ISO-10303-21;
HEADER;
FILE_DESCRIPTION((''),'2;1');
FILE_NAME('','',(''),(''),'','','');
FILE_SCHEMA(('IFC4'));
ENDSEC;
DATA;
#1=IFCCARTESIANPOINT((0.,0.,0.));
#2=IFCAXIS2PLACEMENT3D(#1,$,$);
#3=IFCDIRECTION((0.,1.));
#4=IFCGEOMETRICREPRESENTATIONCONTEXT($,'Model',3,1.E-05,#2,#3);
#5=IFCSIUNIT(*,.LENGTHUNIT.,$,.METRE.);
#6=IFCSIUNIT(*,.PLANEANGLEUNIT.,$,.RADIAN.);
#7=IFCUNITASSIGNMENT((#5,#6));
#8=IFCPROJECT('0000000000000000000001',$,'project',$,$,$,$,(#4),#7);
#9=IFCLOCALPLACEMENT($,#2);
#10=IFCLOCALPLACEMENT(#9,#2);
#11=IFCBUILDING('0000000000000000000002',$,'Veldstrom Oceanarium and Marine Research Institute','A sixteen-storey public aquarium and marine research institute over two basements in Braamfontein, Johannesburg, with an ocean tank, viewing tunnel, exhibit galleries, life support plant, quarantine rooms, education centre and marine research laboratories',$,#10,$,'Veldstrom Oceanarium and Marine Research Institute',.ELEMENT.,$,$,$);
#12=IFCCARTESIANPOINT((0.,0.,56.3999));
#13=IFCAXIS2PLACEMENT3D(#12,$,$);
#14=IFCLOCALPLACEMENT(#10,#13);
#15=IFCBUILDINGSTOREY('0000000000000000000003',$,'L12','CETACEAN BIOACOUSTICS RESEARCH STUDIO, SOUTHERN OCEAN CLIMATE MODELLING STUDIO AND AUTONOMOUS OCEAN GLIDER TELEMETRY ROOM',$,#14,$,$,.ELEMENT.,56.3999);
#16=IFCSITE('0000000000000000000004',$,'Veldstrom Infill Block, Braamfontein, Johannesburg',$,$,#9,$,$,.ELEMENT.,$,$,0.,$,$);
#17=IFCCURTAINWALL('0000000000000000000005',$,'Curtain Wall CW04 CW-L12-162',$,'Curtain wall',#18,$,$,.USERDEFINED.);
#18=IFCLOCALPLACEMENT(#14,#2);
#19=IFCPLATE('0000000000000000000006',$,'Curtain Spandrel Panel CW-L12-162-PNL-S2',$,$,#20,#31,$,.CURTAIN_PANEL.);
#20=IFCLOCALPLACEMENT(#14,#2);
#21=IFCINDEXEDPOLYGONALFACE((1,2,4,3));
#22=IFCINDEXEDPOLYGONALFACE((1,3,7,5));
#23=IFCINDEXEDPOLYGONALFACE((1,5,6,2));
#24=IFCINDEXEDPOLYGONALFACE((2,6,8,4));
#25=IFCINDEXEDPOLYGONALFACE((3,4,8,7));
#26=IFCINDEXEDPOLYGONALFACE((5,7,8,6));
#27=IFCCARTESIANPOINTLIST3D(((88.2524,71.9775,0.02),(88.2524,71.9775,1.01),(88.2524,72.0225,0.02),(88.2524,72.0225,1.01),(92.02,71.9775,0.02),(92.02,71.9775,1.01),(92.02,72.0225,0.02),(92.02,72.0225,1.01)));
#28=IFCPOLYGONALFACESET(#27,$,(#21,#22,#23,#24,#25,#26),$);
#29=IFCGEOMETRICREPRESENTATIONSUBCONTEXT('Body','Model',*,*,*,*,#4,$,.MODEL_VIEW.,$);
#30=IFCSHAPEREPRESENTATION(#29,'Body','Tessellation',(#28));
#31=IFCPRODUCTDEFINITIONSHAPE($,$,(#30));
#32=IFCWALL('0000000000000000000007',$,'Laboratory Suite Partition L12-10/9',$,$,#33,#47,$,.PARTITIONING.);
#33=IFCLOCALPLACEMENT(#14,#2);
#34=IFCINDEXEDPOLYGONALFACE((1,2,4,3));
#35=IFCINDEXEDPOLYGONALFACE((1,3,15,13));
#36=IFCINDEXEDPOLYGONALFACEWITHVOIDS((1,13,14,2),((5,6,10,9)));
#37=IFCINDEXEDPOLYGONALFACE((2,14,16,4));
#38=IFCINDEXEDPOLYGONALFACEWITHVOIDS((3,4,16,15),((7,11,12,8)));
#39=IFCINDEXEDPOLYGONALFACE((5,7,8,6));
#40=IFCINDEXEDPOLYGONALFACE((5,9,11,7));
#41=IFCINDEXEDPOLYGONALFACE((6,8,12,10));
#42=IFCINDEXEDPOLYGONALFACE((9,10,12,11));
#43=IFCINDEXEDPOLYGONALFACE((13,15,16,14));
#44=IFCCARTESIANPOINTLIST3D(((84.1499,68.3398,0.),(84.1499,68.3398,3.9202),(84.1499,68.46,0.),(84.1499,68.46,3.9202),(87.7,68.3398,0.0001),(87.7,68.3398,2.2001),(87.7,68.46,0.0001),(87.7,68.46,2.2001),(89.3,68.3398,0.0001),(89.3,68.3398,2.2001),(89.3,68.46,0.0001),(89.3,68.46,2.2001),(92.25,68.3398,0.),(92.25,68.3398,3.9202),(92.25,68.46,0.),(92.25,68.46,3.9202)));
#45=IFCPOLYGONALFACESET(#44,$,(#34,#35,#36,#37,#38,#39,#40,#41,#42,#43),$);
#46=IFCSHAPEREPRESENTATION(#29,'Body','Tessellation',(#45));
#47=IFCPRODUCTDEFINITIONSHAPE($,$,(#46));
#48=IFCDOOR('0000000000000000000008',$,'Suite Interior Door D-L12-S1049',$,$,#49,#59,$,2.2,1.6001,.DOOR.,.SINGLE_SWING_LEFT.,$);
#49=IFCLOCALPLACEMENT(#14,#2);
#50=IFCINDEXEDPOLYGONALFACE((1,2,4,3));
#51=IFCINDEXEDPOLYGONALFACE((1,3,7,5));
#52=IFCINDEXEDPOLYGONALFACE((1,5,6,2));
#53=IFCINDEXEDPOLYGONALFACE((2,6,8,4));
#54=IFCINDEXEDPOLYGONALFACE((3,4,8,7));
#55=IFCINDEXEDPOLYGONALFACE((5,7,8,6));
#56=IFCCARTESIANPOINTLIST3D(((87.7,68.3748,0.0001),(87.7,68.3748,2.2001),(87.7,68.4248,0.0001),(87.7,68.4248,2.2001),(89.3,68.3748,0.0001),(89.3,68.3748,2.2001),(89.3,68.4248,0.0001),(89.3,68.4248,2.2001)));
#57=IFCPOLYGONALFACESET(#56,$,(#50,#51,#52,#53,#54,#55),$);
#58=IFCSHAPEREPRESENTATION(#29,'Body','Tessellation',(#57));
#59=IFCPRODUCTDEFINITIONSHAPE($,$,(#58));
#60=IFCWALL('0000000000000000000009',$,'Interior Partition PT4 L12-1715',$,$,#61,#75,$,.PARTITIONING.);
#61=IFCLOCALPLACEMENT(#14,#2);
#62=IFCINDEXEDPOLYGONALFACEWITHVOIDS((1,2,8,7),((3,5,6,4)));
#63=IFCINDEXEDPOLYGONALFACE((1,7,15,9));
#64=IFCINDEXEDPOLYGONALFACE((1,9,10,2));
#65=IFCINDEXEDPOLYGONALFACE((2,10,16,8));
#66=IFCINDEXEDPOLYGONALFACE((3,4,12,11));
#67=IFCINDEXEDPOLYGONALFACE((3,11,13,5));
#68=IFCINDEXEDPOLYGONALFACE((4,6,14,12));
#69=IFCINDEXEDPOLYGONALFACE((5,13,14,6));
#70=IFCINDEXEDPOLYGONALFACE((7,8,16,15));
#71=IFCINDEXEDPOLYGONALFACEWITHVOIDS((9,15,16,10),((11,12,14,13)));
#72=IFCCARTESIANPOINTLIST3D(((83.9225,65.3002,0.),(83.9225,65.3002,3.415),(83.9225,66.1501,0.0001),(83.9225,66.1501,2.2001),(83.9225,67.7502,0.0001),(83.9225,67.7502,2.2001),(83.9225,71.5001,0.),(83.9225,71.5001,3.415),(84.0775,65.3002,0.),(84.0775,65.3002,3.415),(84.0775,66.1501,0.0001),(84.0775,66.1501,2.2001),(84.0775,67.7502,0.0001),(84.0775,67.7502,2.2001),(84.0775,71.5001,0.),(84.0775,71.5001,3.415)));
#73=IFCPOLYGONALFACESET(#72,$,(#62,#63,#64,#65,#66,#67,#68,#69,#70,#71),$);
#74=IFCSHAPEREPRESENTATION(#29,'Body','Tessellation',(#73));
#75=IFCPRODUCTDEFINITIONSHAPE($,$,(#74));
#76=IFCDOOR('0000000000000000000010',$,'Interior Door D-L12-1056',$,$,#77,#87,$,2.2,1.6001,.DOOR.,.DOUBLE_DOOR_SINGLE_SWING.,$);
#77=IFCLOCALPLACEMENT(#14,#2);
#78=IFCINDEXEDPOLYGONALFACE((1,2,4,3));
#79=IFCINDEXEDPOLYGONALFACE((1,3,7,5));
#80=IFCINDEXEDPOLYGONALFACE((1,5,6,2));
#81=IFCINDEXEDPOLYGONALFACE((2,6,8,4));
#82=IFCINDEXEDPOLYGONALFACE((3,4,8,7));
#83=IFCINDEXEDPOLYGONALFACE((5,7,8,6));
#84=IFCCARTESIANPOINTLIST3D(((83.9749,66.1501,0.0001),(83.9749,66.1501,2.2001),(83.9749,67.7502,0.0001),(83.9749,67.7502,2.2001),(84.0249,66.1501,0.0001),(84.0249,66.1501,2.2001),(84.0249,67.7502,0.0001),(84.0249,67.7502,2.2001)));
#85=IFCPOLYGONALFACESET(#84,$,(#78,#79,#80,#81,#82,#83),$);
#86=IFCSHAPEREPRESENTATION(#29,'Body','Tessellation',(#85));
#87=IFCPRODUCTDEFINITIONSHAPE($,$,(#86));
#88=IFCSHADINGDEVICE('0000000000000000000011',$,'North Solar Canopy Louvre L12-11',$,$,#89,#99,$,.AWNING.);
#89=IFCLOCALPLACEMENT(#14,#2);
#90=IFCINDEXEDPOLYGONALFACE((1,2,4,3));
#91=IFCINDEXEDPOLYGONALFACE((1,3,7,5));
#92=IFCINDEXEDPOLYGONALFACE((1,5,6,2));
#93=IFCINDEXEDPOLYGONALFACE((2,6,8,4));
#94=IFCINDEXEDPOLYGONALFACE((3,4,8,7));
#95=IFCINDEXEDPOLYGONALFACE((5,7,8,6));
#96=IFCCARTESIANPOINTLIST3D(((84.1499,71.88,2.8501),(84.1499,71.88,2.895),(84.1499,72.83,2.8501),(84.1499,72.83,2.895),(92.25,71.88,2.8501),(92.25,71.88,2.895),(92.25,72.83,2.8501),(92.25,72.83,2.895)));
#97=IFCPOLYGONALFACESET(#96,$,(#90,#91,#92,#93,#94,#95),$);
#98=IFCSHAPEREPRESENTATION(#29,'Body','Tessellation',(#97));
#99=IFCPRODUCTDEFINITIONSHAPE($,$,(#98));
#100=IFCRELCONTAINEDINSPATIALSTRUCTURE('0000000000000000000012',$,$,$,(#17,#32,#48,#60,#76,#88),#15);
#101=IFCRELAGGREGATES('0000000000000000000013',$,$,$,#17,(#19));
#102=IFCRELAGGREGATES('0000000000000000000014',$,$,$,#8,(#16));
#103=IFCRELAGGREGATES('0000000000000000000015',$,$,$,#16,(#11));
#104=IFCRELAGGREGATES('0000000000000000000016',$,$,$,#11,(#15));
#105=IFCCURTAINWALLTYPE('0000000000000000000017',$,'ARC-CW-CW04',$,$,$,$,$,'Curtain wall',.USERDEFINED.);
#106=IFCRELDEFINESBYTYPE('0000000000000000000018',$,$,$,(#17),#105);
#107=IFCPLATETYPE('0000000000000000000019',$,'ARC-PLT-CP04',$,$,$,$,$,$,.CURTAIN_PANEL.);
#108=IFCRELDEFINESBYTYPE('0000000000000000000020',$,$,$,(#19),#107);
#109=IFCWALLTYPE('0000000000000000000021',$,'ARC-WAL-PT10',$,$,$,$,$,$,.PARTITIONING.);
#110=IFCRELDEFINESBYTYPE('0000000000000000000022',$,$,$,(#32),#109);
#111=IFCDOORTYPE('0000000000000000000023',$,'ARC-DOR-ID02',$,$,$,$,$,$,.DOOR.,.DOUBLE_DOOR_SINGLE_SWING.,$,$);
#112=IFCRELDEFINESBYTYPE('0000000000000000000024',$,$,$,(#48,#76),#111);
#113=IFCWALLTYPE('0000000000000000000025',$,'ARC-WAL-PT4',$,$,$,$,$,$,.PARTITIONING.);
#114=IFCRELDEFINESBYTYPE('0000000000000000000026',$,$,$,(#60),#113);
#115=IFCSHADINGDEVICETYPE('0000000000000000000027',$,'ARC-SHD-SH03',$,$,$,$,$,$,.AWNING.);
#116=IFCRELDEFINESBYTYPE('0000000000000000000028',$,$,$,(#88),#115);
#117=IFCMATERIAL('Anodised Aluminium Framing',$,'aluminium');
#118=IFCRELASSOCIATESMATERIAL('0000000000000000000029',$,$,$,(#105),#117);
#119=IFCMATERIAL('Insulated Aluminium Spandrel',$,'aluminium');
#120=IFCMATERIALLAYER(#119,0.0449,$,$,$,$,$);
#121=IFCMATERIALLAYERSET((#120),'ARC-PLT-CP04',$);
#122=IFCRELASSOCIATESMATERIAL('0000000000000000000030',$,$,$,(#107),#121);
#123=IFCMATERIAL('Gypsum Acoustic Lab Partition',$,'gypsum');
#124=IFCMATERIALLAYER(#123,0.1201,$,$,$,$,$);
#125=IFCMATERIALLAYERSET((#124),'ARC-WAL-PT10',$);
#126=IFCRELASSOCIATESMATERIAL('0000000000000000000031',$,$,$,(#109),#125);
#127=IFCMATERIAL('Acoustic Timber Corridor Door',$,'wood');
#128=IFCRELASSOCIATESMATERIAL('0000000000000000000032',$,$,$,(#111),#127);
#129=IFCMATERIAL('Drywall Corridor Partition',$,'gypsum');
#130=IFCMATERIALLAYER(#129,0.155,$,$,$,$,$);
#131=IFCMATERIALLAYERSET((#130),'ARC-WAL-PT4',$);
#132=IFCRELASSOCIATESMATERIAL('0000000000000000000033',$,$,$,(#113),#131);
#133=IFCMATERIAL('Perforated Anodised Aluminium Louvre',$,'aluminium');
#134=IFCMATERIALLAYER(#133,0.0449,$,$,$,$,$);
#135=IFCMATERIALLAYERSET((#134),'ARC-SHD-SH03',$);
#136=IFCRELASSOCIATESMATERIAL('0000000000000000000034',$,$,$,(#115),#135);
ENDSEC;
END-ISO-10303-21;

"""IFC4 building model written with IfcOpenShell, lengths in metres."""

from ifc_helpers import new_model, si_unit, direction, frame, frame_2d, origin, origin_2d, place, context, subcontext, project, spatial, rectangle, extrude, material, layer, layer_set, type_object, element, fill, aggregate, save


model = new_model("IFC4")

# Units and contexts
model_context = context("Model", 3, precision=1e-05, world=origin(), true_north=direction((0.0, 1.0)))
body_context = subcontext(model_context, "Body", "Model", "MODEL_VIEW")
ifc_project = project(units=[si_unit("LENGTHUNIT", "METRE"), si_unit("PLANEANGLEUNIT", "RADIAN")], contexts=[model_context])

# Site, building, storey
site_placement = place(None, origin())
site = spatial("IfcSite", under=ifc_project, at=site_placement, Name="Veldstrom Infill Block, Braamfontein, Johannesburg", CompositionType="ELEMENT", RefElevation=0.0)
building_placement = place(site_placement, origin())
building = spatial("IfcBuilding", under=site, at=building_placement, Name="Veldstrom Oceanarium and Marine Research Institute", Description="A sixteen-storey public aquarium and marine research institute over two basements in Braamfontein, Johannesburg, with an ocean tank, viewing tunnel, exhibit galleries, life support plant, quarantine rooms, education centre and marine research laboratories", LongName="Veldstrom Oceanarium and Marine Research Institute", CompositionType="ELEMENT")
storey_placement = place(building_placement, frame((0.0, 0.0, 56.3999)))
storey = spatial("IfcBuildingStorey", under=building, at=storey_placement, Name="L12", Description="CETACEAN BIOACOUSTICS RESEARCH STUDIO, SOUTHERN OCEAN CLIMATE MODELLING STUDIO AND AUTONOMOUS OCEAN GLIDER TELEMETRY ROOM", CompositionType="ELEMENT", Elevation=56.3999)

# Shared definitions
ifc_material_1 = material(Name="Anodised Aluminium Framing", Category="aluminium")
curtain_wall_type = type_object("IfcCurtainWallType", Name="ARC-CW-CW04", ElementType="Curtain wall", PredefinedType="USERDEFINED", material=ifc_material_1)

# Curtain wall
curtain_wall_1_placement = place(storey_placement, origin())
curtain_wall_1 = element("IfcCurtainWall", 1, at=curtain_wall_1_placement, inside=storey, type_object=curtain_wall_type, Name="Curtain Wall CW04 CW-L12-162", ObjectType="Curtain wall", PredefinedType="USERDEFINED")

# Plate
ifc_material_2 = material(Name="Insulated Aluminium Spandrel", Category="aluminium")
ifc_layer_1 = layer(ifc_material_2, 0.0449)
ifc_layer_set_1 = layer_set([ifc_layer_1], Name="ARC-PLT-CP04")
plate_type_1 = type_object("IfcPlateType", Name="ARC-PLT-CP04", PredefinedType="CURTAIN_PANEL", material=ifc_layer_set_1)
plate_1_placement = place(storey_placement, frame((90.1362, 72.0, 0.02), z_axis=(0.0, 0.0, 1.0), x_axis=(1.0, 0.0, 0.0)))
plate_1 = element("IfcPlate", 2, at=plate_1_placement, type_object=plate_type_1, Name="Curtain Spandrel Panel CW-L12-162-PNL-S2", PredefinedType="CURTAIN_PANEL", context=body_context, shape_type="SweptSolid", body=[
    extrude(rectangle(XDim=3.7676, YDim=0.0449, at=origin_2d()), origin(), (0.0, 0.0, 1.0), 0.99),
])
aggregate(curtain_wall_1, [plate_1])

# Walls, openings, doors
ifc_material_3 = material(Name="Gypsum Acoustic Lab Partition", Category="gypsum")
ifc_layer_2 = layer(ifc_material_3, 0.1201)
ifc_layer_set_2 = layer_set([ifc_layer_2], Name="ARC-WAL-PT10")
wall_type_1 = type_object("IfcWallType", Name="ARC-WAL-PT10", PredefinedType="PARTITIONING", material=ifc_layer_set_2)
wall_1_placement = place(storey_placement, frame((84.1499, 68.3999, 0.0), z_axis=(0.0, 0.0, 1.0), x_axis=(1.0, 0.0, 0.0)))
wall_1 = element("IfcWall", 3, at=wall_1_placement, inside=storey, type_object=wall_type_1, Name="Laboratory Suite Partition L12-10/9", PredefinedType="PARTITIONING", context=body_context, shape_type="SweptSolid", body=[
    extrude(rectangle(XDim=8.1001, YDim=0.1201, at=frame_2d((4.05, 0.0))), origin(), (0.0, 0.0, 1.0), 3.9202),
])
opening_1_placement = place(wall_1_placement, frame((3.55, 0.0, 0.0)))
opening_1 = element("IfcOpeningElement", 4, at=opening_1_placement, cuts=wall_1, PredefinedType="OPENING", context=body_context, shape_type="SweptSolid", body=[
    extrude(rectangle(XDim=1.6001, YDim=2.2, at=frame_2d((0.8, 1.1001))), frame((0.0, 0.0701, 0.0), z_axis=(0.0, -1.0, 0.0), x_axis=(1.0, 0.0, 0.0)), (0.0, 0.0, 1.0), 0.1401),
])
ifc_material_4 = material(Name="Acoustic Timber Corridor Door", Category="wood")
door_type = type_object("IfcDoorType", Name="ARC-DOR-ID02", OperationType="DOUBLE_DOOR_SINGLE_SWING", PredefinedType="DOOR", material=ifc_material_4)
door_1_placement = place(opening_1_placement, origin())
door_1 = element("IfcDoor", 5, at=door_1_placement, inside=storey, type_object=door_type, Name="Suite Interior Door D-L12-S1049", OperationType="SINGLE_SWING_LEFT", OverallHeight=2.2, OverallWidth=1.6001, PredefinedType="DOOR", context=body_context, shape_type="SweptSolid", body=[
    extrude(rectangle(XDim=1.6001, YDim=2.2, at=frame_2d((0.8, 1.1001))), frame((0.0, 0.0249, 0.0), z_axis=(0.0, -1.0, 0.0), x_axis=(1.0, 0.0, 0.0)), (0.0, 0.0, 1.0), 0.05),
])
fill(opening_1, door_1)
ifc_material_5 = material(Name="Drywall Corridor Partition", Category="gypsum")
ifc_layer_3 = layer(ifc_material_5, 0.155)
ifc_layer_set_3 = layer_set([ifc_layer_3], Name="ARC-WAL-PT4")
wall_type_2 = type_object("IfcWallType", Name="ARC-WAL-PT4", PredefinedType="PARTITIONING", material=ifc_layer_set_3)
wall_2_placement = place(storey_placement, frame((84.0, 65.3, 0.0), z_axis=(0.0, 0.0, 1.0), x_axis=(0.0, 1.0, 0.0)))
wall_2 = element("IfcWall", 6, at=wall_2_placement, inside=storey, type_object=wall_type_2, Name="Interior Partition PT4 L12-1715", PredefinedType="PARTITIONING", context=body_context, shape_type="SweptSolid", body=[
    extrude(rectangle(XDim=6.2, YDim=0.155, at=frame_2d((3.1001, 0.0))), origin(), (0.0, 0.0, 1.0), 3.415),
])
opening_2_placement = place(wall_2_placement, frame((0.8501, 0.0, 0.0)))
opening_2 = element("IfcOpeningElement", 7, at=opening_2_placement, cuts=wall_2, PredefinedType="OPENING", context=body_context, shape_type="SweptSolid", body=[
    extrude(rectangle(XDim=1.6001, YDim=2.2, at=frame_2d((0.8, 1.1001))), frame((0.0, 0.0874, 0.0), z_axis=(0.0, -1.0, 0.0), x_axis=(1.0, 0.0, 0.0)), (0.0, 0.0, 1.0), 0.175),
])
door_2_placement = place(opening_2_placement, frame((1.6001, 0.0, 0.0), z_axis=(0.0, 0.0, 1.0), x_axis=(-1.0, 0.0, 0.0)))
door_2 = element("IfcDoor", 8, at=door_2_placement, inside=storey, type_object=door_type, Name="Interior Door D-L12-1056", OperationType="DOUBLE_DOOR_SINGLE_SWING", OverallHeight=2.2, OverallWidth=1.6001, PredefinedType="DOOR", context=body_context, shape_type="SweptSolid", body=[
    extrude(rectangle(XDim=1.6001, YDim=2.2, at=frame_2d((0.8, 1.1001))), frame((0.0, 0.0249, 0.0), z_axis=(0.0, -1.0, 0.0), x_axis=(1.0, 0.0, 0.0)), (0.0, 0.0, 1.0), 0.05),
])
fill(opening_2, door_2)

# Shading device
ifc_material_6 = material(Name="Perforated Anodised Aluminium Louvre", Category="aluminium")
ifc_layer_4 = layer(ifc_material_6, 0.0449)
ifc_layer_set_4 = layer_set([ifc_layer_4], Name="ARC-SHD-SH03")
shading_device_type = type_object("IfcShadingDeviceType", Name="ARC-SHD-SH03", PredefinedType="AWNING", material=ifc_layer_set_4)
shading_device_placement = place(storey_placement, frame((88.2, 72.355, 2.8501), z_axis=(0.0, 0.0, 1.0), x_axis=(1.0, 0.0, 0.0)))
element("IfcShadingDevice", 9, at=shading_device_placement, inside=storey, type_object=shading_device_type, Name="North Solar Canopy Louvre L12-11", PredefinedType="AWNING", context=body_context, shape_type="SweptSolid", body=[
    extrude(rectangle(XDim=8.1001, YDim=0.95, at=origin_2d()), origin(), (0.0, 0.0, 1.0), 0.0449),
])

save(model, "model.ifc")
